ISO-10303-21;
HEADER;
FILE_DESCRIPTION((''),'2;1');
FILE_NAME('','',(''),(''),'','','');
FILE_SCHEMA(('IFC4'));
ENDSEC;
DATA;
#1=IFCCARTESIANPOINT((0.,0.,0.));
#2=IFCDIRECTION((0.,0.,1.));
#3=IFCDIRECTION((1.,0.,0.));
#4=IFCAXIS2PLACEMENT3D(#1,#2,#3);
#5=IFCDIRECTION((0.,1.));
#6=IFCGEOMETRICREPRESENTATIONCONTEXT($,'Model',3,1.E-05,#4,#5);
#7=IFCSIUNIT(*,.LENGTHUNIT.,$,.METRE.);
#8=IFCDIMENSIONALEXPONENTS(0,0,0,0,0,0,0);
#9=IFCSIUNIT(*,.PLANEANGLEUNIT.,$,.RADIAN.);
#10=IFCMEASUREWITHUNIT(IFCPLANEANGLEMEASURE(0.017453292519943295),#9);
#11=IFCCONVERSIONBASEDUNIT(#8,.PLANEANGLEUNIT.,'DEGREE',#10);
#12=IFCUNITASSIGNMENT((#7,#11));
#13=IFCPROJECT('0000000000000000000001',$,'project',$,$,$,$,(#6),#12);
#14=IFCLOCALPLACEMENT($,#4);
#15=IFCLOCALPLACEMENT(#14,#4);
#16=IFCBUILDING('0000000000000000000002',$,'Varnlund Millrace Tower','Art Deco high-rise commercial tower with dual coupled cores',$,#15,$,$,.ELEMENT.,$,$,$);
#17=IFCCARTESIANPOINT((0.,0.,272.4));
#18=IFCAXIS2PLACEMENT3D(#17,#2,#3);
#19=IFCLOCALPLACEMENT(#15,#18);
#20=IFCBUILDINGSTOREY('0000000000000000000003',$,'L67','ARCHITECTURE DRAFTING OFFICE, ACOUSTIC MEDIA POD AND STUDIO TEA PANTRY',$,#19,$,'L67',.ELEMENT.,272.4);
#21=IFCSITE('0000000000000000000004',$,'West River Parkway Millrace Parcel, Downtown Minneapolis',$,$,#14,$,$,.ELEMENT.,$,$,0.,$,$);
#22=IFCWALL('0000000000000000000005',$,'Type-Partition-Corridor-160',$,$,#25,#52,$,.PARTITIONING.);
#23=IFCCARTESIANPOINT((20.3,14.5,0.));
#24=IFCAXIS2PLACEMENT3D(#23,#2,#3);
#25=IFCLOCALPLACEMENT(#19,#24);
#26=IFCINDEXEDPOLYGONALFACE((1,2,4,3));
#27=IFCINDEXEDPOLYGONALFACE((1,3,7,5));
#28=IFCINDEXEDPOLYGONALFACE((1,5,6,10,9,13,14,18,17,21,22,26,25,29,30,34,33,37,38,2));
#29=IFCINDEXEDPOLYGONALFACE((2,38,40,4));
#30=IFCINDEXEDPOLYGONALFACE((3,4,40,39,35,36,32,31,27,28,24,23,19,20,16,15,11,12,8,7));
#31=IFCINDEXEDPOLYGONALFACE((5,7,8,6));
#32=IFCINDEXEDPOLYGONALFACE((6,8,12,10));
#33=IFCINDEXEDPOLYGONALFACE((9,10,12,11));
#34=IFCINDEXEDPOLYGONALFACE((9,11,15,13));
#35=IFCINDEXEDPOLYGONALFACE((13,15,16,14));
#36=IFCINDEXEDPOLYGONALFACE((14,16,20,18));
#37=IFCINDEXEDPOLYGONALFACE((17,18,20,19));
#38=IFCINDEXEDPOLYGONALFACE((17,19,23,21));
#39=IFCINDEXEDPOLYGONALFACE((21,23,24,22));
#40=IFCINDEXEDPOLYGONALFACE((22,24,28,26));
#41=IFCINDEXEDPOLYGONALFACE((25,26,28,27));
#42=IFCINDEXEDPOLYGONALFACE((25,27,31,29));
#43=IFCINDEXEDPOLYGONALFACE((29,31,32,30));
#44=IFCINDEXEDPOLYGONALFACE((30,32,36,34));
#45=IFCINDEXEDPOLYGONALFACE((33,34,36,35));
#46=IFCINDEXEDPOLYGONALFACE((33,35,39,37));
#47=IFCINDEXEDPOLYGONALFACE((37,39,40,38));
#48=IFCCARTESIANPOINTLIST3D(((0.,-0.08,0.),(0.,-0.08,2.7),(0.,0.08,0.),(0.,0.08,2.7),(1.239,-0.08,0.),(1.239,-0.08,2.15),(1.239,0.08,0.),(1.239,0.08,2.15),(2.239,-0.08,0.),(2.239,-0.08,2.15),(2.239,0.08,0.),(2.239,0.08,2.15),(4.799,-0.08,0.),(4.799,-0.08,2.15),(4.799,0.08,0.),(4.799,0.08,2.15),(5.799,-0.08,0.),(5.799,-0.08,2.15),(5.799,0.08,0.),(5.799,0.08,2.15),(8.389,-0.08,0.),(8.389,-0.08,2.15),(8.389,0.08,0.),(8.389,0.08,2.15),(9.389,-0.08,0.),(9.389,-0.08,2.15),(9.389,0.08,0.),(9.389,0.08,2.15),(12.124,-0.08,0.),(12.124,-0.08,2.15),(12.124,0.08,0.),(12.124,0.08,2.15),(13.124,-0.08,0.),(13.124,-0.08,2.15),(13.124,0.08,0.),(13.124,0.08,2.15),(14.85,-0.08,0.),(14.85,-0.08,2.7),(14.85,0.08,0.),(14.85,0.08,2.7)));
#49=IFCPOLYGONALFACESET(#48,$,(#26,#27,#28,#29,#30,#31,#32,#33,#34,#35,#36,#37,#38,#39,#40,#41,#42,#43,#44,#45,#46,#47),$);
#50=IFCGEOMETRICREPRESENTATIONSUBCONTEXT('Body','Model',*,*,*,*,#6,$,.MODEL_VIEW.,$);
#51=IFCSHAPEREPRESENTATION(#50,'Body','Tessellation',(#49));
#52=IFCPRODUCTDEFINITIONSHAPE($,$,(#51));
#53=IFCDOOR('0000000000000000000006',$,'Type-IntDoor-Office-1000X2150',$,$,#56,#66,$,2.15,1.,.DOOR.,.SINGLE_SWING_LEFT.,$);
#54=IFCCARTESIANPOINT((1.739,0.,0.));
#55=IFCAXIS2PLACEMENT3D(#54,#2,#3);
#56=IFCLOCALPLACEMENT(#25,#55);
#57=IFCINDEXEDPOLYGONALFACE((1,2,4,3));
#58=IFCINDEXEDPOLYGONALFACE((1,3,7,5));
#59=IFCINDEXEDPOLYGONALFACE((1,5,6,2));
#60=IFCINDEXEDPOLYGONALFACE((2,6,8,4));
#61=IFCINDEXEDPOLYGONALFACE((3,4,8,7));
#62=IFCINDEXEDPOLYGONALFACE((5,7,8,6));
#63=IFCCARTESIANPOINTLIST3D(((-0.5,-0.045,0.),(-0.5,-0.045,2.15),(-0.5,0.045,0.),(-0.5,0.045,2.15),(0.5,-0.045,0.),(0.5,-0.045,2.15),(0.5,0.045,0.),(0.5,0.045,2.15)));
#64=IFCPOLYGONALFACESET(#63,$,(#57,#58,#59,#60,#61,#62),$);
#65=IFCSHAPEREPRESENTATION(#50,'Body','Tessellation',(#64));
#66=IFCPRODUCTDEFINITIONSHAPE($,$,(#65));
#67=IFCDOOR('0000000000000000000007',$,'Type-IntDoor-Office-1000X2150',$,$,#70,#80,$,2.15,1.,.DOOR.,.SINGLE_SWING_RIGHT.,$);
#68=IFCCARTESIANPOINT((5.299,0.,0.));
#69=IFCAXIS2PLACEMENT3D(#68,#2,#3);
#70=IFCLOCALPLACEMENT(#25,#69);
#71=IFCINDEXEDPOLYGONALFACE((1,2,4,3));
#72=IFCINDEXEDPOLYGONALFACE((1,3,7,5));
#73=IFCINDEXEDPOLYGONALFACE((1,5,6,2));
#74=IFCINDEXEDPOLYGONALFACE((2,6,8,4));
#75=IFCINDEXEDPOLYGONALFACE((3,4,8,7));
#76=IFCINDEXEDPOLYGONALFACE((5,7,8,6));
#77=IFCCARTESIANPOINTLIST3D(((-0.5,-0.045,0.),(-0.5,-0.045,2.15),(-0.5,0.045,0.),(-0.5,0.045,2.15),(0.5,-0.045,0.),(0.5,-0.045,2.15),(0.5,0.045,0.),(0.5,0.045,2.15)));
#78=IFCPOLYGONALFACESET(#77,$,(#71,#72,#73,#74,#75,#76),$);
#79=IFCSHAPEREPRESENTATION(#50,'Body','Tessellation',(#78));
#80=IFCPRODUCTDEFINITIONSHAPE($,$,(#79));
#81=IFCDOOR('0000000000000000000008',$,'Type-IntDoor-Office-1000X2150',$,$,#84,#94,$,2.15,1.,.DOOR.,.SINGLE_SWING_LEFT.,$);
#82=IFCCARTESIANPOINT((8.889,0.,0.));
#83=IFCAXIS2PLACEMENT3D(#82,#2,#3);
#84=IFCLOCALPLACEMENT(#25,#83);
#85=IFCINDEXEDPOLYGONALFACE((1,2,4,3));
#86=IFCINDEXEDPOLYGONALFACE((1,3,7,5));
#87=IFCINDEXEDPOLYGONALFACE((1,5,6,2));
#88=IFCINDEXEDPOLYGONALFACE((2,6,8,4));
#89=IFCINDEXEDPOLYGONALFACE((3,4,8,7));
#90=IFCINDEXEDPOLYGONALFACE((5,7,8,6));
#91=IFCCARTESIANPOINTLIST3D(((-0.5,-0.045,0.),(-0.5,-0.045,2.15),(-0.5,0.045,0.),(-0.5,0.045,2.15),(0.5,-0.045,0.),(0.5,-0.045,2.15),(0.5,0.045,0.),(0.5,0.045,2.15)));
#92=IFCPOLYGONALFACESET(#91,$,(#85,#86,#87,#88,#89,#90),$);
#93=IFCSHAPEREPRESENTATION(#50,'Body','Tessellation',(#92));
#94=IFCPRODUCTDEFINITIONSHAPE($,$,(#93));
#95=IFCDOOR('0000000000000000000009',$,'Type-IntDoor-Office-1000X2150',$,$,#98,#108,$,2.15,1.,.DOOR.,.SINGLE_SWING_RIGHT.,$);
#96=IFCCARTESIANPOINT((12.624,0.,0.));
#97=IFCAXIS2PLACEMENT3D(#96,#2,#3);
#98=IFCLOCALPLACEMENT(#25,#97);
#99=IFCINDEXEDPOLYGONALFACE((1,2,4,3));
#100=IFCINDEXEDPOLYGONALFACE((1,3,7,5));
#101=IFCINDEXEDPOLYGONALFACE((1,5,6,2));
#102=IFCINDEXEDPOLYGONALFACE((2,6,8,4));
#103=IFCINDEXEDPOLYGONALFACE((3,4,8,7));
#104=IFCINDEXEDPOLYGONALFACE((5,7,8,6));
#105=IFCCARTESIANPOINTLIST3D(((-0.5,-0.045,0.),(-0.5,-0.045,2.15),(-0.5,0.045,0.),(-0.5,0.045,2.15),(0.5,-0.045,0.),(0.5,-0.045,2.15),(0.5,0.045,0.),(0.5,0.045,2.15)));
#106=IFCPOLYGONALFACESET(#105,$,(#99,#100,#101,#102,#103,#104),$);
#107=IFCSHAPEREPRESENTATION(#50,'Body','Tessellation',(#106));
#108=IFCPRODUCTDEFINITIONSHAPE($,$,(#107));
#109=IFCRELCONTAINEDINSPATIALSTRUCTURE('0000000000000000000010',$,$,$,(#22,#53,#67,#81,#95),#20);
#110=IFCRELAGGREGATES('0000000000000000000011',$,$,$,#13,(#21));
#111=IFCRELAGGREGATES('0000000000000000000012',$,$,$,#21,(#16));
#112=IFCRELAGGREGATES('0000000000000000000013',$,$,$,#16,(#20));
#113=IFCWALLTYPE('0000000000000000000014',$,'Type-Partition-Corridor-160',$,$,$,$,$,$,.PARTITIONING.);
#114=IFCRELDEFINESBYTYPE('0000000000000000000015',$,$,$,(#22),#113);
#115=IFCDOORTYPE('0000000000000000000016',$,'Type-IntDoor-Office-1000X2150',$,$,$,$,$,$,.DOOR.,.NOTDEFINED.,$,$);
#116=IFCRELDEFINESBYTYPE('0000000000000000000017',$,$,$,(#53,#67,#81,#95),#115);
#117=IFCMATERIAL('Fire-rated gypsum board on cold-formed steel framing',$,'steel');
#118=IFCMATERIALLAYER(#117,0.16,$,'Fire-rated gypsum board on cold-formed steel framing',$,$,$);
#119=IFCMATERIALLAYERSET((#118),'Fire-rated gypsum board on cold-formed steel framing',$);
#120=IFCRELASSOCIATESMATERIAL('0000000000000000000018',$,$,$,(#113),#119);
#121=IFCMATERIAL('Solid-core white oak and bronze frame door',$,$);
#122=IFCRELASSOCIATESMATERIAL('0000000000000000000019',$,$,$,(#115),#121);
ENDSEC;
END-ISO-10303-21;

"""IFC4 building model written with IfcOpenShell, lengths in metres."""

from ifc_helpers import new_model, entity, si_unit, converted_unit, direction, frame, origin_with_axes, origin_2d_with_axis, place, context, subcontext, project, spatial, polyline, rectangle, outline, extrude, material, layer, layer_set, type_object, element, fill, save


model = new_model("IFC4")

# Units and contexts
model_context = context("Model", 3, precision=1e-05, world=origin_with_axes(), true_north=direction((0.0, 1.0)))
body_context = subcontext(model_context, "Body", "Model", "MODEL_VIEW")
ifc_project = project(units=[si_unit("LENGTHUNIT", "METRE"), converted_unit("PLANEANGLEUNIT", "DEGREE", entity("IfcPlaneAngleMeasure", 0.017453292519943295), si_unit("PLANEANGLEUNIT", "RADIAN"), dimensions=[0, 0, 0, 0, 0, 0, 0])], contexts=[model_context])

# Site, building, storey
site_placement = place(None, origin_with_axes())
site = spatial("IfcSite", under=ifc_project, at=site_placement, Name="West River Parkway Millrace Parcel, Downtown Minneapolis", CompositionType="ELEMENT", RefElevation=0.0)
building_placement = place(site_placement, origin_with_axes())
building = spatial("IfcBuilding", under=site, at=building_placement, Name="Varnlund Millrace Tower", Description="Art Deco high-rise commercial tower with dual coupled cores", CompositionType="ELEMENT")
storey_placement = place(building_placement, frame((0.0, 0.0, 272.4), z_axis=(0.0, 0.0, 1.0), x_axis=(1.0, 0.0, 0.0)))
storey = spatial("IfcBuildingStorey", under=building, at=storey_placement, Name="L67", Description="ARCHITECTURE DRAFTING OFFICE, ACOUSTIC MEDIA POD AND STUDIO TEA PANTRY", LongName="L67", CompositionType="ELEMENT", Elevation=272.4)

# Shared definitions
ifc_material_1 = material(Name="Fire-rated gypsum board on cold-formed steel framing", Category="steel")
ifc_layer_1 = layer(ifc_material_1, 0.16, Name="Fire-rated gypsum board on cold-formed steel framing")
ifc_layer_set_1 = layer_set([ifc_layer_1], Name="Fire-rated gypsum board on cold-formed steel framing")
wall_type_1 = type_object("IfcWallType", Name="Type-Partition-Corridor-160", PredefinedType="PARTITIONING", material=ifc_layer_set_1)
ifc_material_2 = material(Name="Solid-core white oak and bronze frame door")
door_type = type_object("IfcDoorType", Name="Type-IntDoor-Office-1000X2150", OperationType="NOTDEFINED", PredefinedType="DOOR", material=ifc_material_2)

# Wall, openings, doors
wall_1_placement = place(storey_placement, frame((20.3, 14.5, 0.0), z_axis=(0.0, 0.0, 1.0), x_axis=(1.0, 0.0, 0.0)))
wall_1 = element("IfcWall", 1, at=wall_1_placement, inside=storey, type_object=wall_type_1, Name="Type-Partition-Corridor-160", PredefinedType="PARTITIONING", context=body_context, shape_type="SweptSolid", body=[
    extrude(outline(polyline([(0.0, -0.08), (14.85, -0.08), (14.85, 0.08), (0.0, 0.08), (0.0, -0.08)])), origin_with_axes(), (0.0, 0.0, 1.0), 2.7),
])
opening_1_placement = place(wall_1_placement, frame((1.739, 0.0, 0.0), z_axis=(0.0, 0.0, 1.0), x_axis=(1.0, 0.0, 0.0)))
opening_1 = element("IfcOpeningElement", 2, at=opening_1_placement, cuts=wall_1, PredefinedType="OPENING", context=body_context, shape_type="SweptSolid", body=[
    extrude(rectangle(XDim=1.0, YDim=0.18, at=origin_2d_with_axis()), origin_with_axes(), (0.0, 0.0, 1.0), 2.15),
])
opening_2_placement = place(wall_1_placement, frame((5.299, 0.0, 0.0), z_axis=(0.0, 0.0, 1.0), x_axis=(1.0, 0.0, 0.0)))
opening_2 = element("IfcOpeningElement", 3, at=opening_2_placement, cuts=wall_1, PredefinedType="OPENING", context=body_context, shape_type="SweptSolid", body=[
    extrude(rectangle(XDim=1.0, YDim=0.18, at=origin_2d_with_axis()), origin_with_axes(), (0.0, 0.0, 1.0), 2.15),
])
opening_3_placement = place(wall_1_placement, frame((8.889, 0.0, 0.0), z_axis=(0.0, 0.0, 1.0), x_axis=(1.0, 0.0, 0.0)))
opening_3 = element("IfcOpeningElement", 4, at=opening_3_placement, cuts=wall_1, PredefinedType="OPENING", context=body_context, shape_type="SweptSolid", body=[
    extrude(rectangle(XDim=1.0, YDim=0.18, at=origin_2d_with_axis()), origin_with_axes(), (0.0, 0.0, 1.0), 2.15),
])
opening_4_placement = place(wall_1_placement, frame((12.624, 0.0, 0.0), z_axis=(0.0, 0.0, 1.0), x_axis=(1.0, 0.0, 0.0)))
opening_4 = element("IfcOpeningElement", 5, at=opening_4_placement, cuts=wall_1, PredefinedType="OPENING", context=body_context, shape_type="SweptSolid", body=[
    extrude(rectangle(XDim=1.0, YDim=0.18, at=origin_2d_with_axis()), origin_with_axes(), (0.0, 0.0, 1.0), 2.15),
])
door_1_placement = place(wall_1_placement, frame((1.739, 0.0, 0.0), z_axis=(0.0, 0.0, 1.0), x_axis=(1.0, 0.0, 0.0)))
door_1 = element("IfcDoor", 6, at=door_1_placement, inside=storey, type_object=door_type, Name="Type-IntDoor-Office-1000X2150", OperationType="SINGLE_SWING_LEFT", OverallHeight=2.15, OverallWidth=1.0, PredefinedType="DOOR", context=body_context, shape_type="SweptSolid", body=[
    extrude(rectangle(XDim=1.0, YDim=0.09, at=origin_2d_with_axis()), origin_with_axes(), (0.0, 0.0, 1.0), 2.15),
])
fill(opening_1, door_1)
door_2_placement = place(wall_1_placement, frame((5.299, 0.0, 0.0), z_axis=(0.0, 0.0, 1.0), x_axis=(1.0, 0.0, 0.0)))
door_2 = element("IfcDoor", 7, at=door_2_placement, inside=storey, type_object=door_type, Name="Type-IntDoor-Office-1000X2150", OperationType="SINGLE_SWING_RIGHT", OverallHeight=2.15, OverallWidth=1.0, PredefinedType="DOOR", context=body_context, shape_type="SweptSolid", body=[
    extrude(rectangle(XDim=1.0, YDim=0.09, at=origin_2d_with_axis()), origin_with_axes(), (0.0, 0.0, 1.0), 2.15),
])
fill(opening_2, door_2)
door_3_placement = place(wall_1_placement, frame((8.889, 0.0, 0.0), z_axis=(0.0, 0.0, 1.0), x_axis=(1.0, 0.0, 0.0)))
door_3 = element("IfcDoor", 8, at=door_3_placement, inside=storey, type_object=door_type, Name="Type-IntDoor-Office-1000X2150", OperationType="SINGLE_SWING_LEFT", OverallHeight=2.15, OverallWidth=1.0, PredefinedType="DOOR", context=body_context, shape_type="SweptSolid", body=[
    extrude(rectangle(XDim=1.0, YDim=0.09, at=origin_2d_with_axis()), origin_with_axes(), (0.0, 0.0, 1.0), 2.15),
])
fill(opening_3, door_3)
door_4_placement = place(wall_1_placement, frame((12.624, 0.0, 0.0), z_axis=(0.0, 0.0, 1.0), x_axis=(1.0, 0.0, 0.0)))
door_4 = element("IfcDoor", 9, at=door_4_placement, inside=storey, type_object=door_type, Name="Type-IntDoor-Office-1000X2150", OperationType="SINGLE_SWING_RIGHT", OverallHeight=2.15, OverallWidth=1.0, PredefinedType="DOOR", context=body_context, shape_type="SweptSolid", body=[
    extrude(rectangle(XDim=1.0, YDim=0.09, at=origin_2d_with_axis()), origin_with_axes(), (0.0, 0.0, 1.0), 2.15),
])
fill(opening_4, door_4)

save(model, "model.ifc")
